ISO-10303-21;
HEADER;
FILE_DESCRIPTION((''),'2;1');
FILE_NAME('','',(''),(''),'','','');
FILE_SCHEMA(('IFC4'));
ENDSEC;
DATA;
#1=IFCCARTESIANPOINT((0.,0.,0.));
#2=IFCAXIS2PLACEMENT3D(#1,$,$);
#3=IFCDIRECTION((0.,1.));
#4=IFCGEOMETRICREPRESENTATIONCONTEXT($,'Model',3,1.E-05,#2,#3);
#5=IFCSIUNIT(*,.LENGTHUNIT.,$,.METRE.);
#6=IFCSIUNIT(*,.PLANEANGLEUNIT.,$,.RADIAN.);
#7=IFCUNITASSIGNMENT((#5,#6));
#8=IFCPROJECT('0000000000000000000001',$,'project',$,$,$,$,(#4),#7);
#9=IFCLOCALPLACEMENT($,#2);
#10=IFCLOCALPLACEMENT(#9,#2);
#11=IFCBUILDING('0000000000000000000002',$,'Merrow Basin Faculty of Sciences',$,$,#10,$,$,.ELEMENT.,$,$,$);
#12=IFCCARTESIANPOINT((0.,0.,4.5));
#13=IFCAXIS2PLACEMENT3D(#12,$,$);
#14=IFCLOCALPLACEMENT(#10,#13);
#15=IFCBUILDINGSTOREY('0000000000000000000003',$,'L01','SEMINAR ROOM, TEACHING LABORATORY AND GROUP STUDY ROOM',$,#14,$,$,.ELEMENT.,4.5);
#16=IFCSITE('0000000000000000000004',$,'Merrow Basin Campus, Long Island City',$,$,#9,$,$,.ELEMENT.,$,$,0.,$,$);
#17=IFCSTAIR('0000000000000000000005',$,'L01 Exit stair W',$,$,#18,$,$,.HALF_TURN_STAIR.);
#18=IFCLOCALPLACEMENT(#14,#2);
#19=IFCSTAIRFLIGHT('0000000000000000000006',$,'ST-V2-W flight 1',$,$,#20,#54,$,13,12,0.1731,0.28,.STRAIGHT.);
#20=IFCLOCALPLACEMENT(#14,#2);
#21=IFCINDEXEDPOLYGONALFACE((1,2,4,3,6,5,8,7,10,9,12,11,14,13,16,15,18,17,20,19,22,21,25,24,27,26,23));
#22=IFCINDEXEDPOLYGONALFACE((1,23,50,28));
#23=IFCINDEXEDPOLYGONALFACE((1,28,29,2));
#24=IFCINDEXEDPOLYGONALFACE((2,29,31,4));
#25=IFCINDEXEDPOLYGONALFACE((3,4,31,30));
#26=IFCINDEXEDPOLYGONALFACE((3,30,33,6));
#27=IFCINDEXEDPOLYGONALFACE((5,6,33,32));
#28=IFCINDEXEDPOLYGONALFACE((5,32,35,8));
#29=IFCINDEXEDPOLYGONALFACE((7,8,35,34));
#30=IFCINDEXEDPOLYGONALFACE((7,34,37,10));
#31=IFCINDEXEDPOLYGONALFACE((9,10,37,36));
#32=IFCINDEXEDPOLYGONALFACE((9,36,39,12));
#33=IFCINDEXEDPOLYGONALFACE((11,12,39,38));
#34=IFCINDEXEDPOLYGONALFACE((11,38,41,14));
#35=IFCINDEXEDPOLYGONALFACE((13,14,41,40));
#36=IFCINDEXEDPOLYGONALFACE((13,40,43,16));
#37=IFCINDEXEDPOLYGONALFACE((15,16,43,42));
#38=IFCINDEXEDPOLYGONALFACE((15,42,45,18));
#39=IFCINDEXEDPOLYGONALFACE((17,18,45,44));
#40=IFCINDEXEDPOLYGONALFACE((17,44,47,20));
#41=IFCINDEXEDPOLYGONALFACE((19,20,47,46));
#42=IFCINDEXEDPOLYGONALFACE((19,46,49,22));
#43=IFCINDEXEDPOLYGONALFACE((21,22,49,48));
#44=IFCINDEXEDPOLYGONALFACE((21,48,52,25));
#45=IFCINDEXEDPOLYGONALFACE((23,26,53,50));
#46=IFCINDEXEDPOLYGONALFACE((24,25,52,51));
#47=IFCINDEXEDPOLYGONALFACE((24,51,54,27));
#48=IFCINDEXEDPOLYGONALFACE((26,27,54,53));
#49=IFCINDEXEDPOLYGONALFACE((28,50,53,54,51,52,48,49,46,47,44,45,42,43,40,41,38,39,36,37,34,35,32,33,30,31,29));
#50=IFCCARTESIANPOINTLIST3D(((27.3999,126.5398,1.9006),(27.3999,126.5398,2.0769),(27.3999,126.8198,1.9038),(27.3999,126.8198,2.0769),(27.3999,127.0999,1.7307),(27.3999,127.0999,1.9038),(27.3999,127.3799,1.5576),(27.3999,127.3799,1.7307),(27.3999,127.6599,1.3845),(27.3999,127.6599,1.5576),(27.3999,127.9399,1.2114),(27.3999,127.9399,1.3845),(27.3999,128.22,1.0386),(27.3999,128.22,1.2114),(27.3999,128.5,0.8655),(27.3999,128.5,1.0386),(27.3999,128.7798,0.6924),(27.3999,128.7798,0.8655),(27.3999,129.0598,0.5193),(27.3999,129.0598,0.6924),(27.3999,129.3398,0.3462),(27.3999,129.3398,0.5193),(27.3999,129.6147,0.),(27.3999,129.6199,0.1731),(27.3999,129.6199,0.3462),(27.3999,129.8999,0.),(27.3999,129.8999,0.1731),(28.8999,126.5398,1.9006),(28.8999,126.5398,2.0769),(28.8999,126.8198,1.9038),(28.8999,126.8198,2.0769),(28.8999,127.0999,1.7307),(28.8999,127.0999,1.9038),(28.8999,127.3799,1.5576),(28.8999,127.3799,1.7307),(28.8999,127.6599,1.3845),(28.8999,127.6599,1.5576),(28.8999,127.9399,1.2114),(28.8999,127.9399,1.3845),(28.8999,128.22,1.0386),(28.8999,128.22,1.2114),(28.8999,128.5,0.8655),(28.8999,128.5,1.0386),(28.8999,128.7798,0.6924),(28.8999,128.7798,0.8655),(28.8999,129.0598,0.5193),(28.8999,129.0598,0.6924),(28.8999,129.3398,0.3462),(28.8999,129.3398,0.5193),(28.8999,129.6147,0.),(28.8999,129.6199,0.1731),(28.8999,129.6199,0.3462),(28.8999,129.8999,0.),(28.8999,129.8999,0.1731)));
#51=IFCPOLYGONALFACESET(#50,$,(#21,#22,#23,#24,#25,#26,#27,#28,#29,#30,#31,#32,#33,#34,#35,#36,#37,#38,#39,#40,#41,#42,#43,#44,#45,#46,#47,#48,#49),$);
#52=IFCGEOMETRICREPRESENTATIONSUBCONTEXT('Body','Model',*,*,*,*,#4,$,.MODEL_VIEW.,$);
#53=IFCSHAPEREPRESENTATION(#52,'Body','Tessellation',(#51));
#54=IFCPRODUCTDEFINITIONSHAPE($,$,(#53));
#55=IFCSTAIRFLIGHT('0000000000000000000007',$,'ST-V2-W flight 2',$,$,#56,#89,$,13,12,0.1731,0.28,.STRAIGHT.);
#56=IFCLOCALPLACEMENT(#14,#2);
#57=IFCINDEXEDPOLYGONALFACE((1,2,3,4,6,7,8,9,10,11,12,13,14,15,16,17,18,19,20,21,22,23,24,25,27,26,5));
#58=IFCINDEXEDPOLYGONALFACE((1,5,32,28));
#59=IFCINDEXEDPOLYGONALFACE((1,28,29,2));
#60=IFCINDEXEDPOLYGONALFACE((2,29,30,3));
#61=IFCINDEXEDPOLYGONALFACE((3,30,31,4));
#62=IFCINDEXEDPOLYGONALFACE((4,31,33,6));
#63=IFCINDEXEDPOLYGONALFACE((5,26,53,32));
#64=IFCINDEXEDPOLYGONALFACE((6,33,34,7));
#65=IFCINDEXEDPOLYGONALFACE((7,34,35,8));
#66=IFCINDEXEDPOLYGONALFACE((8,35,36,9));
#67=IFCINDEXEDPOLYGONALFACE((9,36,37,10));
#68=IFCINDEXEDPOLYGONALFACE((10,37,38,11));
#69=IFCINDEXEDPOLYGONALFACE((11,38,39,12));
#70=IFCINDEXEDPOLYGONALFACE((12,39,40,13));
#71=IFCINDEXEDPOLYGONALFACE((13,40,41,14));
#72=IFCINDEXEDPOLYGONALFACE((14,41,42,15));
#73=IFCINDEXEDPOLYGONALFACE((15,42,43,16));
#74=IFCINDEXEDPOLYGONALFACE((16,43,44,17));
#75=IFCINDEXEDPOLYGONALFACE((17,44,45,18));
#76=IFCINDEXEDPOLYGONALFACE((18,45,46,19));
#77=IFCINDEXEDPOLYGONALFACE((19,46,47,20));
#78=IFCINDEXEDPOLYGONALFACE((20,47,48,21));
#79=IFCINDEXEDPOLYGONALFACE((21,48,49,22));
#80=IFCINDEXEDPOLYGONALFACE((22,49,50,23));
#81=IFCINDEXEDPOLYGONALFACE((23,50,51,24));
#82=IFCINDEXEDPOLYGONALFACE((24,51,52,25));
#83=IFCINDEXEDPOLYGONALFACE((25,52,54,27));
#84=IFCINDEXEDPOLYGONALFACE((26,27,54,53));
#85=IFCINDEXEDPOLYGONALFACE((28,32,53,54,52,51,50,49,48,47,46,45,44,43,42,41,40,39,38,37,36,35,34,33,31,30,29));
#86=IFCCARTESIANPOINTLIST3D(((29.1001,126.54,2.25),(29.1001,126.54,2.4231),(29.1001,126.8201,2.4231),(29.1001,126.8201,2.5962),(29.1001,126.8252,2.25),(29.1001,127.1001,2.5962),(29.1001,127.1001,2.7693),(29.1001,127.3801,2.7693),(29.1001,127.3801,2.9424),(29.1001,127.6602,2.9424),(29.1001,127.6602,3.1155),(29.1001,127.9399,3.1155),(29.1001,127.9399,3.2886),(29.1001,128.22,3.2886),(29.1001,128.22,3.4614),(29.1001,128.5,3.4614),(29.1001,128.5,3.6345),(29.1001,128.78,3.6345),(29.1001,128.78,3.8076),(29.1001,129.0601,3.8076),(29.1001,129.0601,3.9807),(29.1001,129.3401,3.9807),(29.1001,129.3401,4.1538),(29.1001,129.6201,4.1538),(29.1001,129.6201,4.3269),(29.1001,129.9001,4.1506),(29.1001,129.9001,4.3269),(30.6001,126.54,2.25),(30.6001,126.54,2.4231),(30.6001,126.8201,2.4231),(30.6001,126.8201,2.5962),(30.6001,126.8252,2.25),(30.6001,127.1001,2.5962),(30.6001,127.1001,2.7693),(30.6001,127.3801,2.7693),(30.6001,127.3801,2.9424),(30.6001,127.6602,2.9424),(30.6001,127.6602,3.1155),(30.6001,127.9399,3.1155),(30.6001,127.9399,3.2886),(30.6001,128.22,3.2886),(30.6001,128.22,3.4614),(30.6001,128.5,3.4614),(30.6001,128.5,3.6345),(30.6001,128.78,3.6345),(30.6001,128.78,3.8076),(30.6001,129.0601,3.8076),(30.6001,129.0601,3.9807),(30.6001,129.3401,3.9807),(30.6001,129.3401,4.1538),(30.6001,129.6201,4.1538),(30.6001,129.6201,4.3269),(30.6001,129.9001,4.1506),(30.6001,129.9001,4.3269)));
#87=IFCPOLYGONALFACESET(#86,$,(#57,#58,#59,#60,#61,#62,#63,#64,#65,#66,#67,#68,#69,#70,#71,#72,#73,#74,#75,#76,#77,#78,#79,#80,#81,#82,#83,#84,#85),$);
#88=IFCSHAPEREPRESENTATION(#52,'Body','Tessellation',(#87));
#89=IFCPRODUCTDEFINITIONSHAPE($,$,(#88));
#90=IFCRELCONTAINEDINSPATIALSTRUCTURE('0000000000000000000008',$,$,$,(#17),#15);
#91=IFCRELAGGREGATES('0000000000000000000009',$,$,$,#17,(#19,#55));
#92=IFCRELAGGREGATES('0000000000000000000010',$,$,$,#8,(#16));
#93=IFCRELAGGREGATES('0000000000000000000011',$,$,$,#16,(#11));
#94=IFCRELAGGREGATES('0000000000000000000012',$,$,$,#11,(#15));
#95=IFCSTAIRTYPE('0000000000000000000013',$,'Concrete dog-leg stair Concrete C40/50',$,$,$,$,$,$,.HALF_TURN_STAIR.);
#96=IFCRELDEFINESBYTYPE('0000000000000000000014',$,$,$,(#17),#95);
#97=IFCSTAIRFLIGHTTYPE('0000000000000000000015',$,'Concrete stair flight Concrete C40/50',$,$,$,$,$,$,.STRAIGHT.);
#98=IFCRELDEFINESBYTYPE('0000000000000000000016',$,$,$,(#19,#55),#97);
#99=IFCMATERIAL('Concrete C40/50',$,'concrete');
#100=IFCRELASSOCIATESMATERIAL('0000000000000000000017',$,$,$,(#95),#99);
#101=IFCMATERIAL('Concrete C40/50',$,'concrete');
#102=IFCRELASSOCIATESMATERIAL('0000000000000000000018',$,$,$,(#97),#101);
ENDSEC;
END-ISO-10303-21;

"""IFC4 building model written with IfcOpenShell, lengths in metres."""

from ifc_helpers import new_model, si_unit, direction, frame, origin, place, context, subcontext, project, spatial, polyline, outline, extrude, material, type_object, element, aggregate, save


model = new_model("IFC4")

# Units and contexts
model_context = context("Model", 3, precision=1e-05, world=origin(), true_north=direction((0.0, 1.0)))
body_context = subcontext(model_context, "Body", "Model", "MODEL_VIEW")
ifc_project = project(units=[si_unit("LENGTHUNIT", "METRE"), si_unit("PLANEANGLEUNIT", "RADIAN")], contexts=[model_context])

# Site, building, storey
site_placement = place(None, origin())
site = spatial("IfcSite", under=ifc_project, at=site_placement, Name="Merrow Basin Campus, Long Island City", CompositionType="ELEMENT", RefElevation=0.0)
building_placement = place(site_placement, origin())
building = spatial("IfcBuilding", under=site, at=building_placement, Name="Merrow Basin Faculty of Sciences", CompositionType="ELEMENT")
storey_placement = place(building_placement, frame((0.0, 0.0, 4.5)))
storey = spatial("IfcBuildingStorey", under=building, at=storey_placement, Name="L01", Description="SEMINAR ROOM, TEACHING LABORATORY AND GROUP STUDY ROOM", CompositionType="ELEMENT", Elevation=4.5)

# Stair, stair flights
ifc_material_1 = material(Name="Concrete C40/50", Category="concrete")
stair_type = type_object("IfcStairType", Name="Concrete dog-leg stair Concrete C40/50", PredefinedType="HALF_TURN_STAIR", material=ifc_material_1)
stair_placement = place(storey_placement, origin())
stair = element("IfcStair", 1, at=stair_placement, inside=storey, type_object=stair_type, Name="L01 Exit stair W", PredefinedType="HALF_TURN_STAIR")
ifc_material_2 = material(Name="Concrete C40/50", Category="concrete")
stair_flight_type = type_object("IfcStairFlightType", Name="Concrete stair flight Concrete C40/50", PredefinedType="STRAIGHT", material=ifc_material_2)
stair_flight_1_placement = place(storey_placement, frame((28.1499, 129.8999, 0.0), z_axis=(0.0, 0.0, 1.0), x_axis=(0.0, -1.0, 0.0)))
stair_flight_1 = element("IfcStairFlight", 2, at=stair_flight_1_placement, type_object=stair_flight_type, Name="ST-V2-W flight 1", NumberOfRisers=13, NumberOfTreads=12, PredefinedType="STRAIGHT", RiserHeight=0.1731, TreadLength=0.28, context=body_context, shape_type="SweptSolid", body=[
    extrude(outline(polyline([(0.0, 0.0), (0.0, 0.1731), (0.28, 0.1731), (0.28, 0.3462), (0.5601, 0.3462), (0.5601, 0.5193), (0.8401, 0.5193), (0.8401, 0.6924), (1.1201, 0.6924), (1.1201, 0.8655), (1.3999, 0.8655), (1.3999, 1.0386), (1.6799, 1.0386), (1.6799, 1.2114), (1.96, 1.2114), (1.96, 1.3845), (2.24, 1.3845), (2.24, 1.5576), (2.52, 1.5576), (2.52, 1.7307), (2.8, 1.7307), (2.8, 1.9038), (3.0801, 1.9038), (3.0801, 2.0769), (3.3601, 2.0769), (3.3601, 2.25), (3.3601, 1.9006), (0.2852, 0.0), (0.0, 0.0)])), frame((0.0, 0.75, 0.0), z_axis=(0.0, -1.0, 0.0), x_axis=(1.0, 0.0, 0.0)), (0.0, 0.0, 1.0), 1.5),
])
stair_flight_2_placement = place(storey_placement, frame((29.8501, 126.54, 2.25), z_axis=(0.0, 0.0, 1.0), x_axis=(0.0, 1.0, 0.0)))
stair_flight_2 = element("IfcStairFlight", 3, at=stair_flight_2_placement, type_object=stair_flight_type, Name="ST-V2-W flight 2", NumberOfRisers=13, NumberOfTreads=12, PredefinedType="STRAIGHT", RiserHeight=0.1731, TreadLength=0.28, context=body_context, shape_type="SweptSolid", body=[
    extrude(outline(polyline([(0.0, 0.0), (0.0, 0.1731), (0.28, 0.1731), (0.28, 0.3462), (0.5601, 0.3462), (0.5601, 0.5193), (0.8401, 0.5193), (0.8401, 0.6924), (1.1201, 0.6924), (1.1201, 0.8655), (1.3999, 0.8655), (1.3999, 1.0386), (1.6799, 1.0386), (1.6799, 1.2114), (1.96, 1.2114), (1.96, 1.3845), (2.24, 1.3845), (2.24, 1.5576), (2.52, 1.5576), (2.52, 1.7307), (2.8, 1.7307), (2.8, 1.9038), (3.0801, 1.9038), (3.0801, 2.0769), (3.3601, 2.0769), (3.3601, 2.25), (3.3601, 1.9006), (0.2852, 0.0), (0.0, 0.0)])), frame((0.0, 0.75, 0.0), z_axis=(0.0, -1.0, 0.0), x_axis=(1.0, 0.0, 0.0)), (0.0, 0.0, 1.0), 1.5),
])
aggregate(stair, [stair_flight_1, stair_flight_2])

save(model, "model.ifc")
